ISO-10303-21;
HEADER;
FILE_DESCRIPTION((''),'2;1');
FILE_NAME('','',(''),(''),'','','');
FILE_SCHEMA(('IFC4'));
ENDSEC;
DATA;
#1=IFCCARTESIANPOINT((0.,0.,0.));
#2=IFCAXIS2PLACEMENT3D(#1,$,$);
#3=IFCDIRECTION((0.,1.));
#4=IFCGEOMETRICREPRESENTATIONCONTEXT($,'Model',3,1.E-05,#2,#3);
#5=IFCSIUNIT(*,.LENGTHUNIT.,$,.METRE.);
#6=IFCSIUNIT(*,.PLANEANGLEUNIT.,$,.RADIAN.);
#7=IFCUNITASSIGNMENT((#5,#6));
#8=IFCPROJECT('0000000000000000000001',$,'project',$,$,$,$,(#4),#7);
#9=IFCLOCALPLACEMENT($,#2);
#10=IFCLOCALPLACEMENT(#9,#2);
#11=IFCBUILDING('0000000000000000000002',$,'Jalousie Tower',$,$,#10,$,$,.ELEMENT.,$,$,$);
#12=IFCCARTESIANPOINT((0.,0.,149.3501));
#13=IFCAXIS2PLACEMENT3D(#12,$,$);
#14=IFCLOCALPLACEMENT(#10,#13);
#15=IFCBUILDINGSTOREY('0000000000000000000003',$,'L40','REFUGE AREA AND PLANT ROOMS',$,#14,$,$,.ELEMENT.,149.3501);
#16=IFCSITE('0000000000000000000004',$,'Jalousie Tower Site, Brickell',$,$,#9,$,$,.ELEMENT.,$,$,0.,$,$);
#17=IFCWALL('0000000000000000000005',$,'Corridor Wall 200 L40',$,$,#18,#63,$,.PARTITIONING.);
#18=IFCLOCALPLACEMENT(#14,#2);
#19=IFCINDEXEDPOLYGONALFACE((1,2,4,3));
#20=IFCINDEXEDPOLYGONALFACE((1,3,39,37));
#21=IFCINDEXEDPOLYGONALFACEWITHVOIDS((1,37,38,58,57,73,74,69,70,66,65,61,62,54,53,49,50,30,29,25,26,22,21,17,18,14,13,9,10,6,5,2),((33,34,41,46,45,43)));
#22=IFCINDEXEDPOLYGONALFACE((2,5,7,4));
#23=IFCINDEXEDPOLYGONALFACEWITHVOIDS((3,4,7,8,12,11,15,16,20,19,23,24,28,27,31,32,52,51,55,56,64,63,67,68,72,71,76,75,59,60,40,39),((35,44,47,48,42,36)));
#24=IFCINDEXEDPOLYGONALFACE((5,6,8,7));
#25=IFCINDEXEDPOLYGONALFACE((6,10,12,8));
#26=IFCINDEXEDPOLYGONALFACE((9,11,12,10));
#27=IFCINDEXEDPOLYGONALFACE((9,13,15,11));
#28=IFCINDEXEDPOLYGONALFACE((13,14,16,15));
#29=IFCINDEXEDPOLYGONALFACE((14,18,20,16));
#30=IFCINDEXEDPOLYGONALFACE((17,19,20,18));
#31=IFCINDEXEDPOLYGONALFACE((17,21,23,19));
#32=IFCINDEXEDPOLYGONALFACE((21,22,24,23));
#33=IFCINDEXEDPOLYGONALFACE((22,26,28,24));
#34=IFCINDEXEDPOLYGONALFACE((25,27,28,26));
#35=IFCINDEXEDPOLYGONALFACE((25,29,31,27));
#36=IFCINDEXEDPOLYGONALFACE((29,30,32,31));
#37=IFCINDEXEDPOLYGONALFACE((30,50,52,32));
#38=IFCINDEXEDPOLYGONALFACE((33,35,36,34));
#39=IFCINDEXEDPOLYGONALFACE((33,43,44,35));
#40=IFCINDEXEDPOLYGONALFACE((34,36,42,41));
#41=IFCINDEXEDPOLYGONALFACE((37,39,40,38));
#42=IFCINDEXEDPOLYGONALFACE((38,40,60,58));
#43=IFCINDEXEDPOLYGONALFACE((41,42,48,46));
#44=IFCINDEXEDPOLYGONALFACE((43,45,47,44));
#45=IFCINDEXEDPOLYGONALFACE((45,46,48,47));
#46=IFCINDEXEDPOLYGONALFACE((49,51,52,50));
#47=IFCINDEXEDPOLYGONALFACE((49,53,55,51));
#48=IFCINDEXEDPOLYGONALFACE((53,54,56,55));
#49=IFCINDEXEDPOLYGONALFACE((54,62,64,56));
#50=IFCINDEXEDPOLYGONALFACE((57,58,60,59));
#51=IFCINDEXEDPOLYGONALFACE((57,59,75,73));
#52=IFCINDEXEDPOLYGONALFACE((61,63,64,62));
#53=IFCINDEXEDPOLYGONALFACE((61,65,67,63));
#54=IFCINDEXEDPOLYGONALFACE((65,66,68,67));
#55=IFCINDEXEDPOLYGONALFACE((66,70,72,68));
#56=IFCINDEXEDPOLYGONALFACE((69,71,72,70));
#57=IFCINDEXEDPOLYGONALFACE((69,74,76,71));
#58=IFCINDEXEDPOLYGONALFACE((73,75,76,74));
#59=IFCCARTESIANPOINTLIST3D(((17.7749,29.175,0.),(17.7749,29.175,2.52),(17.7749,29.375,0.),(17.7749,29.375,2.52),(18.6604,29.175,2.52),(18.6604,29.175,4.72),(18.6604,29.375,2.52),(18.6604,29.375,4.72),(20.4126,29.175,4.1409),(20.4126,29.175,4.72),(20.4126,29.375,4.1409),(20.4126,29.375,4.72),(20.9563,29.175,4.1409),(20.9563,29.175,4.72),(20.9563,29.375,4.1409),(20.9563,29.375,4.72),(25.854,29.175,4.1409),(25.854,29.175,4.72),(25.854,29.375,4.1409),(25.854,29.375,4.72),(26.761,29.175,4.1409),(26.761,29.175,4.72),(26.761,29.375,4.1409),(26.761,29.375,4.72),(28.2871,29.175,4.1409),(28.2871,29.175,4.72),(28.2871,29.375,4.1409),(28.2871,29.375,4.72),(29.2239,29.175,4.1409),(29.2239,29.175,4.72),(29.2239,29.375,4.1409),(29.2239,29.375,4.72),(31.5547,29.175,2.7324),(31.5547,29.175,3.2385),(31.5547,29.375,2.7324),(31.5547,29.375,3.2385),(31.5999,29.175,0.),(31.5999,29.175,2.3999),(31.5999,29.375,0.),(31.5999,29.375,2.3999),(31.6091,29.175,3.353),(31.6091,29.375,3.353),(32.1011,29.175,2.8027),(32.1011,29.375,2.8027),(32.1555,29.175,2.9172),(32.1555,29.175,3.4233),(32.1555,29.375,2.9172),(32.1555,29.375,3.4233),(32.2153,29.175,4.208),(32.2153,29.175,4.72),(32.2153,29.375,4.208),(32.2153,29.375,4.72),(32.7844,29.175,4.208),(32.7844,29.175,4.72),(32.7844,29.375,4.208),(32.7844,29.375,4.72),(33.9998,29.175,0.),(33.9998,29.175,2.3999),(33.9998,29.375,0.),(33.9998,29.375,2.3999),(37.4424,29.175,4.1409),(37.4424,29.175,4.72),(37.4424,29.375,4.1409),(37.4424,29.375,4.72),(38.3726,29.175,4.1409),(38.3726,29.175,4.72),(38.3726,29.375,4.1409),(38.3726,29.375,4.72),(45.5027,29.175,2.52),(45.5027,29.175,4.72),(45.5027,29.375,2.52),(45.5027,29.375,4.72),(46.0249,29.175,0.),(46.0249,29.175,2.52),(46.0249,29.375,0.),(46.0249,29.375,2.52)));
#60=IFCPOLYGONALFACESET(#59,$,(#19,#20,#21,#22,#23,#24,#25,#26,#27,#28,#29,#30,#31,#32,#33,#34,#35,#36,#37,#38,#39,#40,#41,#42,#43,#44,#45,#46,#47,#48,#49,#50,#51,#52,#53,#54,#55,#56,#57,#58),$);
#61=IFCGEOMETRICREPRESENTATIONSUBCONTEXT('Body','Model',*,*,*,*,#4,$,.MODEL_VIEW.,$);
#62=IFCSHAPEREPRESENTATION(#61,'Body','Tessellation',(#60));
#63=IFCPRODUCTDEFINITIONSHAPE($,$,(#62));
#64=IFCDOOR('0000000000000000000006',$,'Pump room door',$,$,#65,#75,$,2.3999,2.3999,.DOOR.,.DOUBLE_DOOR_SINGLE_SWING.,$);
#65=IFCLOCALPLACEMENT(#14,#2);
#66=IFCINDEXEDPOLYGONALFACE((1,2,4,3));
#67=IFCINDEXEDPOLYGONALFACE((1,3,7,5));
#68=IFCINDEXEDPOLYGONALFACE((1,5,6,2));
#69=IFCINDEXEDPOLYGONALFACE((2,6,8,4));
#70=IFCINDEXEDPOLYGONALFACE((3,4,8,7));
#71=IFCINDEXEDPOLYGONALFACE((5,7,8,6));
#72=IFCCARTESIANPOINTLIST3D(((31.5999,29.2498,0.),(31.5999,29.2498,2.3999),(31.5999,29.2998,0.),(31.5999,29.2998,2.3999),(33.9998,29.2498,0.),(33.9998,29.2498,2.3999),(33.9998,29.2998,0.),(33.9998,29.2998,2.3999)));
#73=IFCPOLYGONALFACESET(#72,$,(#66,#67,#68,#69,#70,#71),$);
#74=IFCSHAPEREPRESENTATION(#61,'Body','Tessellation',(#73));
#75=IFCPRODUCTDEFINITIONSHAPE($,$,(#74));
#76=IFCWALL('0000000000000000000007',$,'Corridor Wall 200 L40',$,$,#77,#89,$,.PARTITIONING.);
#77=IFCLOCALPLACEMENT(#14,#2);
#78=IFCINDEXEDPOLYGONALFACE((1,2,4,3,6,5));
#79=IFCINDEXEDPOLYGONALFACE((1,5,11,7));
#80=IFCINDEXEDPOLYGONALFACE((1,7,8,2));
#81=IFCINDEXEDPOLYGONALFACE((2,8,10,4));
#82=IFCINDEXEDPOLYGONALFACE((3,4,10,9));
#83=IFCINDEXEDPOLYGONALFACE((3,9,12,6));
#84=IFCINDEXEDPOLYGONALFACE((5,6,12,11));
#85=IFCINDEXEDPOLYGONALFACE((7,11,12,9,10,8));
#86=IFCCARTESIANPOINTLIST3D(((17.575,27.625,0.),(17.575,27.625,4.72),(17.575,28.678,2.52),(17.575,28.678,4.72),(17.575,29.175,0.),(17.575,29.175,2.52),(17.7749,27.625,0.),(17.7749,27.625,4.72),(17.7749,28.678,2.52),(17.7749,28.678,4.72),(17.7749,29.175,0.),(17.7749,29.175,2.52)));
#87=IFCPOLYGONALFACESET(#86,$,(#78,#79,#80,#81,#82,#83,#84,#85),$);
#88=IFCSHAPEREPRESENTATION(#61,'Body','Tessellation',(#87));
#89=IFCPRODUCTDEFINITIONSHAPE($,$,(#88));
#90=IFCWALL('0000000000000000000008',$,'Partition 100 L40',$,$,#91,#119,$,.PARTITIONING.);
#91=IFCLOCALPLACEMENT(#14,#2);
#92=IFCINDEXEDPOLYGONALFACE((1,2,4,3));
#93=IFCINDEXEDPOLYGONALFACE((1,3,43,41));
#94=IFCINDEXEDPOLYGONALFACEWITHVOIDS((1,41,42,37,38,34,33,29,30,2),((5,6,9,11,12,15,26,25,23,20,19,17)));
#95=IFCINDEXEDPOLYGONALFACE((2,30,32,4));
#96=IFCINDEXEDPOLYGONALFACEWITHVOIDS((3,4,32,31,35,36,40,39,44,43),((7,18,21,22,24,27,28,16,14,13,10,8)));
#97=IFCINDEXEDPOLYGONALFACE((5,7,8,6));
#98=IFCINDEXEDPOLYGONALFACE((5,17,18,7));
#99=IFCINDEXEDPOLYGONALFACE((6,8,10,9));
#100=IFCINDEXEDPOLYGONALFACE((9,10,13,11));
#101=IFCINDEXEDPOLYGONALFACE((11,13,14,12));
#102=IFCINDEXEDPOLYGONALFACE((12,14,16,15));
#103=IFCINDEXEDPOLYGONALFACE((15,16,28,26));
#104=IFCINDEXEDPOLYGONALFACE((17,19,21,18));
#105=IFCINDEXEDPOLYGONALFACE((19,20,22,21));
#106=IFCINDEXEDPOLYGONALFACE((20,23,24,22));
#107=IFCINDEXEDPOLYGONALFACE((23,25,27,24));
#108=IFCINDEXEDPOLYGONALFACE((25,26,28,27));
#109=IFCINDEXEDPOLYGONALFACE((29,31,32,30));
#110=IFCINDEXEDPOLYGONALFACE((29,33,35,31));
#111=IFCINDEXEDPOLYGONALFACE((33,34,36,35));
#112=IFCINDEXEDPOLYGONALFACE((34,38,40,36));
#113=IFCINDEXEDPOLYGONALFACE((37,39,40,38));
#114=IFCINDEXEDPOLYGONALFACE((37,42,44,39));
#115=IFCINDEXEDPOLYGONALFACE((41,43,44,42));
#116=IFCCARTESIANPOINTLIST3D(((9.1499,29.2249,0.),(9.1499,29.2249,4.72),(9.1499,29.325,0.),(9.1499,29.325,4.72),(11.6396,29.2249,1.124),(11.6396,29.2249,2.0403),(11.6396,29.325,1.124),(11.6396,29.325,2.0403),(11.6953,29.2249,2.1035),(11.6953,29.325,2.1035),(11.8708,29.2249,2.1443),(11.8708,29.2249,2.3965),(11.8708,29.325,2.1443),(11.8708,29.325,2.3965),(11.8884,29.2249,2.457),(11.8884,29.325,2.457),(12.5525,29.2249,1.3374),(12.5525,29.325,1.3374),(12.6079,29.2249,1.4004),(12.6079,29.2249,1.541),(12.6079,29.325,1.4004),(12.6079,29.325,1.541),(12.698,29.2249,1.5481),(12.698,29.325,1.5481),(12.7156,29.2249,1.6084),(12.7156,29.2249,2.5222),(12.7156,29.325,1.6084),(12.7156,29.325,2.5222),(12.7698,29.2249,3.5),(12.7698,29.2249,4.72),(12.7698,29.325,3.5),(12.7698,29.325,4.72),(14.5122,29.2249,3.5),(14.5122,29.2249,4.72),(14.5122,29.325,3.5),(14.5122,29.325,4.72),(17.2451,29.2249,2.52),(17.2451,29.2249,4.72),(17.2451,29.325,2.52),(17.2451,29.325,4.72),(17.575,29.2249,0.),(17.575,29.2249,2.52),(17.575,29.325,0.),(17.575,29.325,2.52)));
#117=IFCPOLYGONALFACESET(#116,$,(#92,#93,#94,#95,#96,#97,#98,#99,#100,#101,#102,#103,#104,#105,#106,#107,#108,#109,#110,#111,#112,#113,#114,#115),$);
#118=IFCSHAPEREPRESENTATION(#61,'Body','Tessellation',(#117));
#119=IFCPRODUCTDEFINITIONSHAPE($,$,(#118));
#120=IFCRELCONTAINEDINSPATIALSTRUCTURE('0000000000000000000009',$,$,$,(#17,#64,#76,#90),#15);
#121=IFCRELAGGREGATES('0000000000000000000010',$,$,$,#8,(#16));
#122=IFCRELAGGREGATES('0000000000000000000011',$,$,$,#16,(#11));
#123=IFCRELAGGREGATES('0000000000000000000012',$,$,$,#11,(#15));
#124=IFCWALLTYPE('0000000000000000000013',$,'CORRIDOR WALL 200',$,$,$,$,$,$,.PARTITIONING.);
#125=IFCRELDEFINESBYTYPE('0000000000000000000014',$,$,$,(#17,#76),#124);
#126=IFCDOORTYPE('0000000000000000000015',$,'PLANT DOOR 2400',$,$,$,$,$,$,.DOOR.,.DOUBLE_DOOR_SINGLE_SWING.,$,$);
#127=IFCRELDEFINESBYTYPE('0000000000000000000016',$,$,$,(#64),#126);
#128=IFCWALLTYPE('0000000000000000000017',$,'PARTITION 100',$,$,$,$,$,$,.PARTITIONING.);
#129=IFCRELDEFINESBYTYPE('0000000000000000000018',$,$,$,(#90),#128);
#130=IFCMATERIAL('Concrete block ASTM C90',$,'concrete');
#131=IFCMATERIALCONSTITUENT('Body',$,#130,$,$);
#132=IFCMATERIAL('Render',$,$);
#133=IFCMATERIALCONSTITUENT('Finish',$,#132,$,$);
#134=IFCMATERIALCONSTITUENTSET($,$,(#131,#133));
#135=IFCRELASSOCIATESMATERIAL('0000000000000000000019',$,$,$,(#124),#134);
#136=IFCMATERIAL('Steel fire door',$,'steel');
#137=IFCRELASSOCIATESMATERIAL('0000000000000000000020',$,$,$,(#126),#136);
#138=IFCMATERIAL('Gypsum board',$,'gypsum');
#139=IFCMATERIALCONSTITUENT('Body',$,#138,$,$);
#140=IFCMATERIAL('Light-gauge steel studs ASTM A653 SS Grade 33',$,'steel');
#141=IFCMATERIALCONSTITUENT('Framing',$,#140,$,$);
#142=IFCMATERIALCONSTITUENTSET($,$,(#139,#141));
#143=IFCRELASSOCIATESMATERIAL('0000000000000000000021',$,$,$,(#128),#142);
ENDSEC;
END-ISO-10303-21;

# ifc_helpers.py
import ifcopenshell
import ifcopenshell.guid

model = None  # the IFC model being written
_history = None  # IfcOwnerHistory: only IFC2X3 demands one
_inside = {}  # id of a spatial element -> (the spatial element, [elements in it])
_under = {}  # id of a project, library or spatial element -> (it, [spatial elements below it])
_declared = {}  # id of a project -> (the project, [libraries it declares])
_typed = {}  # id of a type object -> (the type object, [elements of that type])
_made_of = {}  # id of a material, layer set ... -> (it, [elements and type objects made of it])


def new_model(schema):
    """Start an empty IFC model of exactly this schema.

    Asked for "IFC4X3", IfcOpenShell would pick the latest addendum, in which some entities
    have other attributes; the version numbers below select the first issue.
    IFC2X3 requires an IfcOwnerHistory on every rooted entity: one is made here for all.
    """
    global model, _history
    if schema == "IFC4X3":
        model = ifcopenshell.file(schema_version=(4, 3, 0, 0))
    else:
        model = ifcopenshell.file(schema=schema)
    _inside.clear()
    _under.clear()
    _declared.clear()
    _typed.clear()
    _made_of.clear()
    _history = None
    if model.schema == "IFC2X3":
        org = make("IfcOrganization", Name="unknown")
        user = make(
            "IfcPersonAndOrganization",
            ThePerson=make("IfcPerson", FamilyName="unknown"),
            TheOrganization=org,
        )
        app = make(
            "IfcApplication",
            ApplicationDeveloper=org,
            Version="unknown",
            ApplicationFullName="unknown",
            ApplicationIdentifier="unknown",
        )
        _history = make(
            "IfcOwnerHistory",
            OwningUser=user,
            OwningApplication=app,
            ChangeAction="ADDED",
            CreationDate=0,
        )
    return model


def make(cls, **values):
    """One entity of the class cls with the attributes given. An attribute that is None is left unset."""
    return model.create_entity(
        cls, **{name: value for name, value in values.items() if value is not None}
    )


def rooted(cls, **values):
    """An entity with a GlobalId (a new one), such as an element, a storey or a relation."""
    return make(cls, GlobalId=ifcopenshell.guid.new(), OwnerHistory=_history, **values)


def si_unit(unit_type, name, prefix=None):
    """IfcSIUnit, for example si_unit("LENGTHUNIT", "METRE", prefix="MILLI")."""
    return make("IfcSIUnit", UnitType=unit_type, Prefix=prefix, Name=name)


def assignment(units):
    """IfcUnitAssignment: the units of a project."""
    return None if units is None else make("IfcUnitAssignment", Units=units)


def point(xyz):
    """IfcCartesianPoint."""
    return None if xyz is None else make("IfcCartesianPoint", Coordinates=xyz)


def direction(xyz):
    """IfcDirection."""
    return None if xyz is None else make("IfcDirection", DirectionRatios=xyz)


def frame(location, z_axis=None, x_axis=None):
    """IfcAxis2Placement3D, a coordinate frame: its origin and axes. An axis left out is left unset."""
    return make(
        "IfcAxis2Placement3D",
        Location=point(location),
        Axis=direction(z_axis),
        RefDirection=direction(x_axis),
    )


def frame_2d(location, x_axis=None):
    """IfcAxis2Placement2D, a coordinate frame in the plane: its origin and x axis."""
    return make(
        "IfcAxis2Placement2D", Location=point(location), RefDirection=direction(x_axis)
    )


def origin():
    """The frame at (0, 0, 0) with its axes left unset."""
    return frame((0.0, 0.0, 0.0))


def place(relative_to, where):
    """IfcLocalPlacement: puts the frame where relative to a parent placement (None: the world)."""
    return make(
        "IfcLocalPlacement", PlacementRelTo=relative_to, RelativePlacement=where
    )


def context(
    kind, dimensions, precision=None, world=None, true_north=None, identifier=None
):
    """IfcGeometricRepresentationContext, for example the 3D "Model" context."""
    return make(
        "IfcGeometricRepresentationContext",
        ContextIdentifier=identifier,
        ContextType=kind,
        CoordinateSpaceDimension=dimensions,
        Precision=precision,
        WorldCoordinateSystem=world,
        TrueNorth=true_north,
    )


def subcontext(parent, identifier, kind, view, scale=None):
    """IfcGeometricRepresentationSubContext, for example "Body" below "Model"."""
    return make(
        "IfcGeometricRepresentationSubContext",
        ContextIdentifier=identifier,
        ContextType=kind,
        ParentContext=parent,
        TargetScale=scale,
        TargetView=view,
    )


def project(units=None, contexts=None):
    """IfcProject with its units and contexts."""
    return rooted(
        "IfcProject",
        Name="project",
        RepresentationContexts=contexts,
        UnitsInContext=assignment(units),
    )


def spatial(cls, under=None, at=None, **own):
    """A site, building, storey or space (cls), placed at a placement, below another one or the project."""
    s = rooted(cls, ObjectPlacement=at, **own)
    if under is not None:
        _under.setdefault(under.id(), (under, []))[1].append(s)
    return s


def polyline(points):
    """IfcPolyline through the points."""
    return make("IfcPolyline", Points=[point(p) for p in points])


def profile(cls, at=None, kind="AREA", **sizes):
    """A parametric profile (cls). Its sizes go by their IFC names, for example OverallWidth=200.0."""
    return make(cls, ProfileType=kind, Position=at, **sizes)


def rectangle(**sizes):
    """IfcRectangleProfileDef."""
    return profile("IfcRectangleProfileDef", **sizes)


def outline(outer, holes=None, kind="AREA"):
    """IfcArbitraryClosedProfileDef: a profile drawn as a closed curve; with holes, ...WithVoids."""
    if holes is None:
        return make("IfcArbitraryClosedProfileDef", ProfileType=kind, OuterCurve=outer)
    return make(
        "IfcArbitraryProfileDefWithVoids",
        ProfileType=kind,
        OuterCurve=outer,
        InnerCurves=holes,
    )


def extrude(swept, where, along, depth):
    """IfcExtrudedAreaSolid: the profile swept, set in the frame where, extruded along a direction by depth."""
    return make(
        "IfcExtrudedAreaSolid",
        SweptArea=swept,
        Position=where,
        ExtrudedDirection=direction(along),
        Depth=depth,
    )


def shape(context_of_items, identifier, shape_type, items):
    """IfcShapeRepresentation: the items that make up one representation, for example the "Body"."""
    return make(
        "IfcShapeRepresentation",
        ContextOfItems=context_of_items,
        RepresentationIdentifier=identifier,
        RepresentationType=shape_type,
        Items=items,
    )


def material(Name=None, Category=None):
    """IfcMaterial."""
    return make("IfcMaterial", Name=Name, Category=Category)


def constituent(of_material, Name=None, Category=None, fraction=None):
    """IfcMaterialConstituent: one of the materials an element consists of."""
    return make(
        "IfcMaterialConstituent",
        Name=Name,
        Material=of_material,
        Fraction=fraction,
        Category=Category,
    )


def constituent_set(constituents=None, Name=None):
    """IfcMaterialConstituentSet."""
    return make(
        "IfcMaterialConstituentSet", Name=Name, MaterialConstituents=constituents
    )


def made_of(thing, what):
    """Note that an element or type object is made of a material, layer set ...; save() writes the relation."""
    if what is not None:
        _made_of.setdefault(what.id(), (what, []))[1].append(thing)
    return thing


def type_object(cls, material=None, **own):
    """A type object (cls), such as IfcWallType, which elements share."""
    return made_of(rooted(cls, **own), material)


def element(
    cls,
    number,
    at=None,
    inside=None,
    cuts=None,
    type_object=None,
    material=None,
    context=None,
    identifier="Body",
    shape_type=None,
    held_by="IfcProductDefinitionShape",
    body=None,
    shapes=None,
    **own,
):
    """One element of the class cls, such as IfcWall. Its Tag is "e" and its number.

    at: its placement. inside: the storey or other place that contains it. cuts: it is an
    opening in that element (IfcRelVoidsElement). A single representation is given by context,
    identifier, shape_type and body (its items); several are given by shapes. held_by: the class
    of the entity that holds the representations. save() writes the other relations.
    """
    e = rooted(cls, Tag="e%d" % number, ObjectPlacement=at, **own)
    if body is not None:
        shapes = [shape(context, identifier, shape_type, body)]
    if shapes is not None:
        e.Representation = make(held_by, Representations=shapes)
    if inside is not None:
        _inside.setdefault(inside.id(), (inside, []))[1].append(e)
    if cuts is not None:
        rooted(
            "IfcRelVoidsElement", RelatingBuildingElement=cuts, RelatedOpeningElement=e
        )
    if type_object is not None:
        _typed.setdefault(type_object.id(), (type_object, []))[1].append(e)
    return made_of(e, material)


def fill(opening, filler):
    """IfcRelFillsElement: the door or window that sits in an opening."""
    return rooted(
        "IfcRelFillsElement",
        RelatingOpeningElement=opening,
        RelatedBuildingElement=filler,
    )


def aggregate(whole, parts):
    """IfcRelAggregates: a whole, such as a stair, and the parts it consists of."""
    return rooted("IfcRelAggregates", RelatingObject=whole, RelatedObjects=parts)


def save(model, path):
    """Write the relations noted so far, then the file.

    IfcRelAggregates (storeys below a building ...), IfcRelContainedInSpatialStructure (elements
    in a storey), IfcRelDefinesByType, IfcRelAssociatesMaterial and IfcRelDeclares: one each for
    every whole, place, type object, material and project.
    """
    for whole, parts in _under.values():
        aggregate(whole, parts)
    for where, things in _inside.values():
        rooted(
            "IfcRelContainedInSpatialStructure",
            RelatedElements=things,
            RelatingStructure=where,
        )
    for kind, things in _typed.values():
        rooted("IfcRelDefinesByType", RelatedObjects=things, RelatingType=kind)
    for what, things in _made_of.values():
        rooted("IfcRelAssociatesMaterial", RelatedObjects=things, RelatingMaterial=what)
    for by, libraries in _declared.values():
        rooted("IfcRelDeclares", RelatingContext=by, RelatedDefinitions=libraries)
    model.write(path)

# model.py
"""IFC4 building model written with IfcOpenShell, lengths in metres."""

from ifc_helpers import new_model, si_unit, direction, frame, frame_2d, origin, place, context, subcontext, project, spatial, polyline, rectangle, outline, extrude, material, constituent, constituent_set, type_object, element, fill, save


model = new_model("IFC4")

# Units and contexts
model_context = context("Model", 3, precision=1e-05, world=origin(), true_north=direction((0.0, 1.0)))
body_context = subcontext(model_context, "Body", "Model", "MODEL_VIEW")
ifc_project = project(units=[si_unit("LENGTHUNIT", "METRE"), si_unit("PLANEANGLEUNIT", "RADIAN")], contexts=[model_context])

# Site, building, storey
site_placement = place(None, origin())
site = spatial("IfcSite", under=ifc_project, at=site_placement, Name="Jalousie Tower Site, Brickell", CompositionType="ELEMENT", RefElevation=0.0)
building_placement = place(site_placement, origin())
building = spatial("IfcBuilding", under=site, at=building_placement, Name="Jalousie Tower", CompositionType="ELEMENT")
storey_placement = place(building_placement, frame((0.0, 0.0, 149.3501)))
storey = spatial("IfcBuildingStorey", under=building, at=storey_placement, Name="L40", Description="REFUGE AREA AND PLANT ROOMS", CompositionType="ELEMENT", Elevation=149.3501)

# Wall, opening, door
ifc_material_1 = material(Name="Concrete block ASTM C90", Category="concrete")
ifc_constituent_1 = constituent(ifc_material_1, Name="Body")
ifc_material_2 = material(Name="Render")
ifc_constituent_2 = constituent(ifc_material_2, Name="Finish")
ifc_constituent_set_1 = constituent_set(constituents=[ifc_constituent_1, ifc_constituent_2])
wall_type_1 = type_object("IfcWallType", Name="CORRIDOR WALL 200", PredefinedType="PARTITIONING", material=ifc_constituent_set_1)
wall_1_placement = place(storey_placement, frame((17.7749, 29.2749, 0.0), z_axis=(0.0, 0.0, 1.0), x_axis=(1.0, 0.0, 0.0)))
wall_1 = element("IfcWall", 1, at=wall_1_placement, inside=storey, type_object=wall_type_1, Name="Corridor Wall 200 L40", PredefinedType="PARTITIONING", context=body_context, shape_type="SweptSolid", body=[
    extrude(outline(polyline([(0.0, 0.0), (28.25, 0.0), (28.25, 2.52), (27.7278, 2.52), (27.7278, 4.72), (20.5977, 4.72), (20.5977, 4.1409), (19.6675, 4.1409), (19.6675, 4.72), (15.0095, 4.72), (15.0095, 4.208), (14.4404, 4.208), (14.4404, 4.72), (11.449, 4.72), (11.449, 4.1409), (10.5122, 4.1409), (10.5122, 4.72), (8.9861, 4.72), (8.9861, 4.1409), (8.0791, 4.1409), (8.0791, 4.72), (3.1814, 4.72), (3.1814, 4.1409), (2.6377, 4.1409), (2.6377, 4.72), (0.8855, 4.72), (0.8855, 2.52), (0.0, 2.52), (0.0, 0.0)]), holes=[polyline([(13.7798, 3.2385), (13.8342, 3.353), (14.3806, 3.4233), (14.3806, 2.9172), (14.3262, 2.8027), (13.7798, 2.7324), (13.7798, 3.2385)])]), frame((0.0, 0.1001, 0.0), z_axis=(0.0, -1.0, 0.0), x_axis=(1.0, 0.0, 0.0)), (0.0, 0.0, 1.0), 0.2),
])
opening_1_placement = place(wall_1_placement, frame((13.825, 0.0, 0.0)))
opening_1 = element("IfcOpeningElement", 2, at=opening_1_placement, cuts=wall_1, PredefinedType="OPENING", context=body_context, shape_type="SweptSolid", body=[
    extrude(rectangle(XDim=2.3999, YDim=2.3999, at=frame_2d((1.2, 1.2))), frame((0.0, 0.1099, 0.0), z_axis=(0.0, -1.0, 0.0), x_axis=(1.0, 0.0, 0.0)), (0.0, 0.0, 1.0), 0.22),
])
ifc_material_3 = material(Name="Steel fire door", Category="steel")
door_type_1 = type_object("IfcDoorType", Name="PLANT DOOR 2400", OperationType="DOUBLE_DOOR_SINGLE_SWING", PredefinedType="DOOR", material=ifc_material_3)
door_1_placement = place(opening_1_placement, origin())
door_1 = element("IfcDoor", 3, at=door_1_placement, inside=storey, type_object=door_type_1, Name="Pump room door", OperationType="DOUBLE_DOOR_SINGLE_SWING", OverallHeight=2.3999, OverallWidth=2.3999, PredefinedType="DOOR", context=body_context, shape_type="SweptSolid", body=[
    extrude(rectangle(XDim=2.3999, YDim=2.3999, at=frame_2d((1.2, 1.2))), frame((0.0, 0.0249, 0.0), z_axis=(0.0, -1.0, 0.0), x_axis=(1.0, 0.0, 0.0)), (0.0, 0.0, 1.0), 0.05),
])
fill(opening_1, door_1)

# Walls
wall_2_placement = place(storey_placement, frame((17.675, 27.625, 0.0), z_axis=(0.0, 0.0, 1.0), x_axis=(0.0, 1.0, 0.0)))
element("IfcWall", 4, at=wall_2_placement, inside=storey, type_object=wall_type_1, Name="Corridor Wall 200 L40", PredefinedType="PARTITIONING", context=body_context, shape_type="SweptSolid", body=[
    extrude(outline(polyline([(0.0, 0.0), (1.55, 0.0), (1.55, 2.52), (1.053, 2.52), (1.053, 4.72), (0.0, 4.72), (0.0, 0.0)])), frame((0.0, 0.1001, 0.0), z_axis=(0.0, -1.0, 0.0), x_axis=(1.0, 0.0, 0.0)), (0.0, 0.0, 1.0), 0.2),
])
ifc_material_4 = material(Name="Gypsum board", Category="gypsum")
ifc_constituent_3 = constituent(ifc_material_4, Name="Body")
ifc_material_5 = material(Name="Light-gauge steel studs ASTM A653 SS Grade 33", Category="steel")
ifc_constituent_4 = constituent(ifc_material_5, Name="Framing")
ifc_constituent_set_2 = constituent_set(constituents=[ifc_constituent_3, ifc_constituent_4])
wall_type_2 = type_object("IfcWallType", Name="PARTITION 100", PredefinedType="PARTITIONING", material=ifc_constituent_set_2)
wall_3_placement = place(storey_placement, frame((9.1499, 29.2749, 0.0), z_axis=(0.0, 0.0, 1.0), x_axis=(1.0, 0.0, 0.0)))
element("IfcWall", 5, at=wall_3_placement, inside=storey, type_object=wall_type_2, Name="Partition 100 L40", PredefinedType="PARTITIONING", context=body_context, shape_type="SweptSolid", body=[
    extrude(outline(polyline([(3.6199, 4.72), (0.0, 4.72), (0.0, 0.0), (8.425, 0.0), (8.425, 2.52), (8.0952, 2.52), (8.0952, 4.72), (5.3623, 4.72), (5.3623, 3.5), (3.6199, 3.5), (3.6199, 4.72)]), holes=[polyline([(2.4897, 1.124), (2.4897, 2.0403), (2.5454, 2.1035), (2.7209, 2.1443), (2.7209, 2.3965), (2.7385, 2.457), (3.5657, 2.5222), (3.5657, 1.6084), (3.5481, 1.5481), (3.458, 1.541), (3.458, 1.4004), (3.4026, 1.3374), (2.4897, 1.124)])]), frame((0.0, 0.05, 0.0), z_axis=(0.0, -1.0, 0.0), x_axis=(1.0, 0.0, 0.0)), (0.0, 0.0, 1.0), 0.1001),
])

save(model, "model.ifc")
